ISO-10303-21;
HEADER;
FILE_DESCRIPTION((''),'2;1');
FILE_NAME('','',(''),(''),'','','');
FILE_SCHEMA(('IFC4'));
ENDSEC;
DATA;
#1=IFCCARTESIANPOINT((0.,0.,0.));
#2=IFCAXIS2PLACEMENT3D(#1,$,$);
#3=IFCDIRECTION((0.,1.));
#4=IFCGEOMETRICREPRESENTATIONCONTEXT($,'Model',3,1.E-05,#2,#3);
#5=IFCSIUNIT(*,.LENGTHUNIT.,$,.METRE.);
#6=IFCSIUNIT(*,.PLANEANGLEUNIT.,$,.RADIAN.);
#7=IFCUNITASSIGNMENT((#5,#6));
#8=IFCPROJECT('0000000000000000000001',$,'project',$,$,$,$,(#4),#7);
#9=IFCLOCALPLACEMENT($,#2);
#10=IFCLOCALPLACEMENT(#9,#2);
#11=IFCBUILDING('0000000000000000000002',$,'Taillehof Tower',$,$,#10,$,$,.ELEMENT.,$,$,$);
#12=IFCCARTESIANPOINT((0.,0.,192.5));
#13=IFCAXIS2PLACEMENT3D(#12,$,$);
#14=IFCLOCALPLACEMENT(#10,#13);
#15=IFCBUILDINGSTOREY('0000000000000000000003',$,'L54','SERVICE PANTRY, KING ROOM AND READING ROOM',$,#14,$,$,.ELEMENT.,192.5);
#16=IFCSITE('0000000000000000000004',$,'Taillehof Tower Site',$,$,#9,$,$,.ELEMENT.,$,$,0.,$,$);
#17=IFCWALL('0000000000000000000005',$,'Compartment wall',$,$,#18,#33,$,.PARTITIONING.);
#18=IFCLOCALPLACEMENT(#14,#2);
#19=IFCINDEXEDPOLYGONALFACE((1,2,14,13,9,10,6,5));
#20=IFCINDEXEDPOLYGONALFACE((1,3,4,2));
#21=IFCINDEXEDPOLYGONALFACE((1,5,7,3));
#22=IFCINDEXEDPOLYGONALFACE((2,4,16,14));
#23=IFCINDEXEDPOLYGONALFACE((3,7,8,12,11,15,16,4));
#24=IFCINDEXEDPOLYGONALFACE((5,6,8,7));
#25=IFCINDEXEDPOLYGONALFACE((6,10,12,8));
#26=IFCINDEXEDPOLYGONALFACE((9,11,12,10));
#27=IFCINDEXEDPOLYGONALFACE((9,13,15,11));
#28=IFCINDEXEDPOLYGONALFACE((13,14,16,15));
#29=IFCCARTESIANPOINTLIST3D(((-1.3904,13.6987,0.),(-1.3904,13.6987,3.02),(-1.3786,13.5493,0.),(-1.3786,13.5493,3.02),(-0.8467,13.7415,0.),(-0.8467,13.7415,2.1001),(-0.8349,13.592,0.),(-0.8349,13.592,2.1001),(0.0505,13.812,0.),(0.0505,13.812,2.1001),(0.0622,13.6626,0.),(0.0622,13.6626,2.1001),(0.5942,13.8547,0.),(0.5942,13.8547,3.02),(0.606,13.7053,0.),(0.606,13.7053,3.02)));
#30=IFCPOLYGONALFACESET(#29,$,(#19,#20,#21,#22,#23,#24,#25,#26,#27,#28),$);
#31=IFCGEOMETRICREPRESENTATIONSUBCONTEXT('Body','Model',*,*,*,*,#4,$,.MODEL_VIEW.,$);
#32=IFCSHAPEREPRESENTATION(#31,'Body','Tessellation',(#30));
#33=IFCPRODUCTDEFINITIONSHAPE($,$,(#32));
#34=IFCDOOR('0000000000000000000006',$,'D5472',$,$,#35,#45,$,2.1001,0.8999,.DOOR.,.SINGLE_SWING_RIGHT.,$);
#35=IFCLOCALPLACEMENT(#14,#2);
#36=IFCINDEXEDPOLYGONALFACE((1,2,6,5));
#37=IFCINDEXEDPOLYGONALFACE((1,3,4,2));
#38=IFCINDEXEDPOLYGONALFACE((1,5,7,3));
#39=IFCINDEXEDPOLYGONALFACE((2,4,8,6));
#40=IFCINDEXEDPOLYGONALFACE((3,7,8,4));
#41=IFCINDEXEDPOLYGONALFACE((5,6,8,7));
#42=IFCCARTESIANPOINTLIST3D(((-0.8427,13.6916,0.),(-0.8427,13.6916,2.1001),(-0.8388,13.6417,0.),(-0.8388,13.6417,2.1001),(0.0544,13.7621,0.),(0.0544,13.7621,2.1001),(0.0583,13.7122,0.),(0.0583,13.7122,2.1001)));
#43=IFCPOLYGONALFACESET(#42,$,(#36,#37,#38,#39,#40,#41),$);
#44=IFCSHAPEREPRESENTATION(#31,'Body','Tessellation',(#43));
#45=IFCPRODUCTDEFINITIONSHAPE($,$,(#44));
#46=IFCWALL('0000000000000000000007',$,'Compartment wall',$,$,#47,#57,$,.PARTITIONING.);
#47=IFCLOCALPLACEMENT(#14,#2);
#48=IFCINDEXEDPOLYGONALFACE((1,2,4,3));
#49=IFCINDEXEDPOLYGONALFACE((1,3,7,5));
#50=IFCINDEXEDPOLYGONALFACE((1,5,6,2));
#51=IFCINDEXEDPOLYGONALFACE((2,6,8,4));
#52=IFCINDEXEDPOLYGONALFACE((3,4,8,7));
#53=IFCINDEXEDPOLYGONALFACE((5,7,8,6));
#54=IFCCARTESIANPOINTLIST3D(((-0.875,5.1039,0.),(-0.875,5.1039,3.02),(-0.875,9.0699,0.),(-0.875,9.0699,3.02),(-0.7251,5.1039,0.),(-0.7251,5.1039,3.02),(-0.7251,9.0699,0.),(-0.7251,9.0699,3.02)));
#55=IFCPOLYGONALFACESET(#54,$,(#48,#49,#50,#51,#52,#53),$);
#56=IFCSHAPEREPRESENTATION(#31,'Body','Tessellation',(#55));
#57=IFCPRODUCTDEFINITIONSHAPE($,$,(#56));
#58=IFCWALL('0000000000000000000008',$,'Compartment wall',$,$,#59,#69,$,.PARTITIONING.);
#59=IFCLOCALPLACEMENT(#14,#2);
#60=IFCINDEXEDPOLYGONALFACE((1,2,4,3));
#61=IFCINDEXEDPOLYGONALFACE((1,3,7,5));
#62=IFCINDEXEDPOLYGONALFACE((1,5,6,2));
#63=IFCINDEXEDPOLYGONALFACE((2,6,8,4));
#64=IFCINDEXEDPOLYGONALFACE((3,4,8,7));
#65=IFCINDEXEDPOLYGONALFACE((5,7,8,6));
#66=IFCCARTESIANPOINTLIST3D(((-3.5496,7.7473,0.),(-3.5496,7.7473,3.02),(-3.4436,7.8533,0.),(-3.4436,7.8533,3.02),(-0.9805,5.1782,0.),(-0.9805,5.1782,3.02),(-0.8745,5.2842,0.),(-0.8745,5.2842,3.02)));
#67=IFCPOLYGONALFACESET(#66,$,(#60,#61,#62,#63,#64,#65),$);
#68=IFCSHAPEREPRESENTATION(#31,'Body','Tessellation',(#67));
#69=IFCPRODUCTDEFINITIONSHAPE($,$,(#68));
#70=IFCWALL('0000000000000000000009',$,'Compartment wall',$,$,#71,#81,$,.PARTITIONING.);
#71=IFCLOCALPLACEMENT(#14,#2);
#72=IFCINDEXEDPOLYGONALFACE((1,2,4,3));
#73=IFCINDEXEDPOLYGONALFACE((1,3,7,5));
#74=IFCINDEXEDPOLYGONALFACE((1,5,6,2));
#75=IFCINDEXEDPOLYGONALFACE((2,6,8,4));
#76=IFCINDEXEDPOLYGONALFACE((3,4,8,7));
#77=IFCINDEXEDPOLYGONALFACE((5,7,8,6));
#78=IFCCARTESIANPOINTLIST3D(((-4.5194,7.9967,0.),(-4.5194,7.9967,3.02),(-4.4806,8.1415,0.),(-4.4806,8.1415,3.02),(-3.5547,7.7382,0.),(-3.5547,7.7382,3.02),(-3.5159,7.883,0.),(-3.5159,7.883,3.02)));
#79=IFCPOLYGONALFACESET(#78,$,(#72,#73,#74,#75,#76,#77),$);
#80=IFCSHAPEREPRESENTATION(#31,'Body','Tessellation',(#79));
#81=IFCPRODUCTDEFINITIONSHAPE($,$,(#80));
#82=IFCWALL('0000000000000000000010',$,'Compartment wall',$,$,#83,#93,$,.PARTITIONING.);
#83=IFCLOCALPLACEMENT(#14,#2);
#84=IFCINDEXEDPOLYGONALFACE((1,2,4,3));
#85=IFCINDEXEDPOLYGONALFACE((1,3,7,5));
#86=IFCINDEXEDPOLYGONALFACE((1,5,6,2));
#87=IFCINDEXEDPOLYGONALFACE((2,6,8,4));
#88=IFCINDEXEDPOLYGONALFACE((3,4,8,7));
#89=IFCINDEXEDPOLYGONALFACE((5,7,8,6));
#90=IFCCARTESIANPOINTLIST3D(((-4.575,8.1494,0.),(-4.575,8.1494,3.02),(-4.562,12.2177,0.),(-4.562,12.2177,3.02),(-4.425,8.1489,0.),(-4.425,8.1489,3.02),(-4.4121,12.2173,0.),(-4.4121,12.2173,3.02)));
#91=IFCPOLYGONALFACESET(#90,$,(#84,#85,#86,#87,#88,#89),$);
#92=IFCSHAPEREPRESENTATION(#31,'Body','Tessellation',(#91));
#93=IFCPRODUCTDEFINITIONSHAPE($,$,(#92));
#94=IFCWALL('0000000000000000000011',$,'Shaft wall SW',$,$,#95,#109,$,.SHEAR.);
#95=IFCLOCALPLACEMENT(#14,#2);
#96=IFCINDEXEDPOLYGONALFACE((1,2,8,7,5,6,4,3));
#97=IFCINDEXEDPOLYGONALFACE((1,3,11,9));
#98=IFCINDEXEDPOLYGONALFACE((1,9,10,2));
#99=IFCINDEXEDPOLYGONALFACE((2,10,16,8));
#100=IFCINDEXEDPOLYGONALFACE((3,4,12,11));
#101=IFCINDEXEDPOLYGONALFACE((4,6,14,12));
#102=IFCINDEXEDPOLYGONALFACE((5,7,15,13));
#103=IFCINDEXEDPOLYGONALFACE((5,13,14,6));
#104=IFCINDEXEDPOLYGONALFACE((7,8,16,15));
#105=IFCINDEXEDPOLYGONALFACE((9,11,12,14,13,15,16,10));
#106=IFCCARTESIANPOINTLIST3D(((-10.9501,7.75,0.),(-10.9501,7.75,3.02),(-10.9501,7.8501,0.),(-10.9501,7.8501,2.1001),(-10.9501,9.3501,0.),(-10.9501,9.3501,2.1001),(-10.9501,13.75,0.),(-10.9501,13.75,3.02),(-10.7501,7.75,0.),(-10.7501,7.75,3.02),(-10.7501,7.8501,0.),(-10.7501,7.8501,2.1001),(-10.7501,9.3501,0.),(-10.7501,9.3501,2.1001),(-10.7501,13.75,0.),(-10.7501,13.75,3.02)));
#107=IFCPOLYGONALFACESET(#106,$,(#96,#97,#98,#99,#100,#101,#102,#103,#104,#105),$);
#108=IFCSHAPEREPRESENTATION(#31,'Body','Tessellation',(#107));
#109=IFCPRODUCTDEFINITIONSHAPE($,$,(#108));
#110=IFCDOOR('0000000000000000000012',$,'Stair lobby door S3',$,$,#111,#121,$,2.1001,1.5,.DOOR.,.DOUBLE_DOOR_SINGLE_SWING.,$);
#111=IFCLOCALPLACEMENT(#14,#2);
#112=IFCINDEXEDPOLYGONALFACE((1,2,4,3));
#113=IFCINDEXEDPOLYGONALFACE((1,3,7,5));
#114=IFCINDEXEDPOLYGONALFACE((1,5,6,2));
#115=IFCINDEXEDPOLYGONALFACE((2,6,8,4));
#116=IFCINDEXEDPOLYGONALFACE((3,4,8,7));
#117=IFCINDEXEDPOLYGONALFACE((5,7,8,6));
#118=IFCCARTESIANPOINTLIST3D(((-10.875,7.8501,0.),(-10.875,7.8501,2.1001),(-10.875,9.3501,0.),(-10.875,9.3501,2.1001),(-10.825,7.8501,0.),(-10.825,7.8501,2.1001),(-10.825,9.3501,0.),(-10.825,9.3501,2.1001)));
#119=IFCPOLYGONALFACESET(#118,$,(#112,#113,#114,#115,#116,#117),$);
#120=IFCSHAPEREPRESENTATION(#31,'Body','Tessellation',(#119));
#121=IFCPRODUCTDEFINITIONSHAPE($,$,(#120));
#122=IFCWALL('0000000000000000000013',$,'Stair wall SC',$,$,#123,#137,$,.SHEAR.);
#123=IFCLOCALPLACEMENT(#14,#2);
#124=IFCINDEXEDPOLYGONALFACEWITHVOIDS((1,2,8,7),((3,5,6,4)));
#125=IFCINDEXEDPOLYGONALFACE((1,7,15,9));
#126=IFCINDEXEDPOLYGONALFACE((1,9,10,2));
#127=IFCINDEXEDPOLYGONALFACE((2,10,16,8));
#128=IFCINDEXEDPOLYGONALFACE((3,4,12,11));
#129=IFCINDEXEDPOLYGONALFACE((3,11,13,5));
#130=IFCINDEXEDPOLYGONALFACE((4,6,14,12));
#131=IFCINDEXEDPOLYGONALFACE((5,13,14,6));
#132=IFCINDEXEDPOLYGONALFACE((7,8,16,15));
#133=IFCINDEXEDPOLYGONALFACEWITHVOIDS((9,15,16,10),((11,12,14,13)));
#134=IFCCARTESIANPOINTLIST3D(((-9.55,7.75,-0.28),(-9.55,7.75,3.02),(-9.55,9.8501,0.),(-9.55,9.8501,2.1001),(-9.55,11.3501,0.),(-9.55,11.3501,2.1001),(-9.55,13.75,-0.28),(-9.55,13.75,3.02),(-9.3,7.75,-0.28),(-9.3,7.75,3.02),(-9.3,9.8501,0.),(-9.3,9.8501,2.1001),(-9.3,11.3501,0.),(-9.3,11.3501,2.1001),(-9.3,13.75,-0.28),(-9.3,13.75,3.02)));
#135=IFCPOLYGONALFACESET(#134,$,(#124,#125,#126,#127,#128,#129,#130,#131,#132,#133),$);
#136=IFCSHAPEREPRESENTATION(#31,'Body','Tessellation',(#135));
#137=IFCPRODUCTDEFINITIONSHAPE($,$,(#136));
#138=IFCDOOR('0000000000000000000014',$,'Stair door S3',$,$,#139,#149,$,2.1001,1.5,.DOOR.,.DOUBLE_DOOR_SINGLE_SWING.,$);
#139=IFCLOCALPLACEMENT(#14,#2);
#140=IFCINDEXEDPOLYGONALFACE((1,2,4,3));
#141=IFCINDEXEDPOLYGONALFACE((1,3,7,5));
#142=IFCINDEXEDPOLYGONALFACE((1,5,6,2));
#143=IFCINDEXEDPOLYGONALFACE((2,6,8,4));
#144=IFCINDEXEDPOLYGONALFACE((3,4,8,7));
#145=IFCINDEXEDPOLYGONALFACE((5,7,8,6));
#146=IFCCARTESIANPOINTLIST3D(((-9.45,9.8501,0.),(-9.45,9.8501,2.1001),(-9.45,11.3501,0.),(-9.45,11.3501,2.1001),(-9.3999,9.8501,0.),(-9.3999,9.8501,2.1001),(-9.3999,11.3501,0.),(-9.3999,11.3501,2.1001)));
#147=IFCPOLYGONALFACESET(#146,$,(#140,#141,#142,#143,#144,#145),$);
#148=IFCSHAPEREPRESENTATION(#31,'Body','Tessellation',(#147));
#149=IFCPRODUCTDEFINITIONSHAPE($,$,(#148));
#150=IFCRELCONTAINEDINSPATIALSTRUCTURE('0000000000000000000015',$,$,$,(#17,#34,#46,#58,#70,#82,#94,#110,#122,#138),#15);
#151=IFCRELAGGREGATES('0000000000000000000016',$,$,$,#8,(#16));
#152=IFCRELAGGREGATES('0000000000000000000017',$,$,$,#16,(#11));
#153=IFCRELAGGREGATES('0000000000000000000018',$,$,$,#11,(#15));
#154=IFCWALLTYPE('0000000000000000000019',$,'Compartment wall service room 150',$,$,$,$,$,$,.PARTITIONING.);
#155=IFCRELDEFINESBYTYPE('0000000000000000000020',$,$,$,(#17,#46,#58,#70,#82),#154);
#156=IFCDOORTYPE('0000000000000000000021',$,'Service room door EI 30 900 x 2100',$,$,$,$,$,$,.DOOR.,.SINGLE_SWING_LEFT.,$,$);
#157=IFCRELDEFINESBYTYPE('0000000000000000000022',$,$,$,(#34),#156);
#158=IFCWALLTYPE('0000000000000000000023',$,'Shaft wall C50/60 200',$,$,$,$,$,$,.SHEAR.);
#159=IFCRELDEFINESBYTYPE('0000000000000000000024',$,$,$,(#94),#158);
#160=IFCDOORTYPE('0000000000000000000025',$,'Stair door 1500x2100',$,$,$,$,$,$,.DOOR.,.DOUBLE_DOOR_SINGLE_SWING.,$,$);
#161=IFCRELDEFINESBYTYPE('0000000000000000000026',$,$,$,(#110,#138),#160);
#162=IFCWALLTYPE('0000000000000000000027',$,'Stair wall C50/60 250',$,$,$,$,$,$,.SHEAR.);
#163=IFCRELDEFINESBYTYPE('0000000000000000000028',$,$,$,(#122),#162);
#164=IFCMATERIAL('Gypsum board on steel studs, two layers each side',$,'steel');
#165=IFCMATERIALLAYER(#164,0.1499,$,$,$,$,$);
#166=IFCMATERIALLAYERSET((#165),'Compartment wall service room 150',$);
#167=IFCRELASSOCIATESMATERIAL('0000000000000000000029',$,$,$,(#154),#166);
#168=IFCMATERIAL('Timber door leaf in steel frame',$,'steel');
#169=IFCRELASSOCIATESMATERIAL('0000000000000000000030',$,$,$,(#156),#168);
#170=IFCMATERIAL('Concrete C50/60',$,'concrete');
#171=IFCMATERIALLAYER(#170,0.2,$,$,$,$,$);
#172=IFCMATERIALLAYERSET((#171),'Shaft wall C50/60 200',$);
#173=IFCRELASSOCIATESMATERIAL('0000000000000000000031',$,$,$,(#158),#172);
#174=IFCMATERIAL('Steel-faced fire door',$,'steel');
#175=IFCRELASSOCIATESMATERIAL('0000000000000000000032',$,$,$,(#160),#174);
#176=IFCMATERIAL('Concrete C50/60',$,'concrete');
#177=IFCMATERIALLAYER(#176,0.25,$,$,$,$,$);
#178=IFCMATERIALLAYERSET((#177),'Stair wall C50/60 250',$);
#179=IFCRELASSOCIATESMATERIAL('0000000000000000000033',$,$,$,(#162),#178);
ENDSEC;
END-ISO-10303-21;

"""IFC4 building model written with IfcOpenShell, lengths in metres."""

from ifc_helpers import new_model, si_unit, direction, frame, frame_2d, origin, place, context, subcontext, project, spatial, rectangle, extrude, material, layer, layer_set, type_object, element, fill, save


model = new_model("IFC4")

# Units and contexts
model_context = context("Model", 3, precision=1e-05, world=origin(), true_north=direction((0.0, 1.0)))
body_context = subcontext(model_context, "Body", "Model", "MODEL_VIEW")
ifc_project = project(units=[si_unit("LENGTHUNIT", "METRE"), si_unit("PLANEANGLEUNIT", "RADIAN")], contexts=[model_context])

# Site, building, storey
site_placement = place(None, origin())
site = spatial("IfcSite", under=ifc_project, at=site_placement, Name="Taillehof Tower Site", CompositionType="ELEMENT", RefElevation=0.0)
building_placement = place(site_placement, origin())
building = spatial("IfcBuilding", under=site, at=building_placement, Name="Taillehof Tower", CompositionType="ELEMENT")
storey_placement = place(building_placement, frame((0.0, 0.0, 192.5)))
storey = spatial("IfcBuildingStorey", under=building, at=storey_placement, Name="L54", Description="SERVICE PANTRY, KING ROOM AND READING ROOM", CompositionType="ELEMENT", Elevation=192.5)

# Shared definitions
ifc_material_1 = material(Name="Gypsum board on steel studs, two layers each side", Category="steel")
ifc_layer_1 = layer(ifc_material_1, 0.1499)
ifc_layer_set_1 = layer_set([ifc_layer_1], Name="Compartment wall service room 150")
wall_type_1 = type_object("IfcWallType", Name="Compartment wall service room 150", PredefinedType="PARTITIONING", material=ifc_layer_set_1)

# Wall, opening, door
wall_1_placement = place(storey_placement, frame((-1.3845, 13.624, 0.0), z_axis=(0.0, 0.0, 1.0), x_axis=(0.996925, 0.078366, 0.0)))
wall_1 = element("IfcWall", 1, at=wall_1_placement, inside=storey, type_object=wall_type_1, Name="Compartment wall", PredefinedType="PARTITIONING", context=body_context, shape_type="SweptSolid", body=[
    extrude(rectangle(XDim=1.9907, YDim=0.1499, at=frame_2d((0.9954, 0.0))), origin(), (0.0, 0.0, 1.0), 3.02),
])
opening_1_placement = place(wall_1_placement, frame((0.5454, 0.0, 0.0)))
opening_1 = element("IfcOpeningElement", 2, at=opening_1_placement, cuts=wall_1, PredefinedType="OPENING", context=body_context, shape_type="SweptSolid", body=[
    extrude(rectangle(XDim=0.8999, YDim=2.1001, at=frame_2d((0.45, 1.05))), frame((0.0, 0.085, 0.0), z_axis=(0.0, -1.0, 0.0), x_axis=(1.0, 0.0, 0.0)), (0.0, 0.0, 1.0), 0.1699),
])
ifc_material_2 = material(Name="Timber door leaf in steel frame", Category="steel")
door_type_1 = type_object("IfcDoorType", Name="Service room door EI 30 900 x 2100", OperationType="SINGLE_SWING_LEFT", PredefinedType="DOOR", material=ifc_material_2)
door_1_placement = place(opening_1_placement, origin())
door_1 = element("IfcDoor", 3, at=door_1_placement, inside=storey, type_object=door_type_1, Name="D5472", OperationType="SINGLE_SWING_RIGHT", OverallHeight=2.1001, OverallWidth=0.8999, PredefinedType="DOOR", context=body_context, shape_type="SweptSolid", body=[
    extrude(rectangle(XDim=0.8999, YDim=2.1001, at=frame_2d((0.45, 1.05))), frame((0.0, 0.0249, 0.0), z_axis=(0.0, -1.0, 0.0), x_axis=(1.0, 0.0, 0.0)), (0.0, 0.0, 1.0), 0.05),
])
fill(opening_1, door_1)

# Walls
wall_2_placement = place(storey_placement, frame((-0.8, 9.0698, 0.0), z_axis=(0.0, 0.0, 1.0), x_axis=(0.0, -1.0, 0.0)))
element("IfcWall", 4, at=wall_2_placement, inside=storey, type_object=wall_type_1, Name="Compartment wall", PredefinedType="PARTITIONING", context=body_context, shape_type="SweptSolid", body=[
    extrude(rectangle(XDim=3.9661, YDim=0.1499, at=frame_2d((1.9829, 0.0))), origin(), (0.0, 0.0, 1.0), 3.02),
])
wall_3_placement = place(storey_placement, frame((-0.9275, 5.2312, 0.0), z_axis=(0.0, 0.0, 1.0), x_axis=(-0.707107, 0.707107, 0.0)))
element("IfcWall", 5, at=wall_3_placement, inside=storey, type_object=wall_type_1, Name="Compartment wall", PredefinedType="PARTITIONING", context=body_context, shape_type="SweptSolid", body=[
    extrude(rectangle(XDim=3.6333, YDim=0.1499, at=frame_2d((1.8167, 0.0))), origin(), (0.0, 0.0, 1.0), 3.02),
])
wall_4_placement = place(storey_placement, frame((-3.5352, 7.8105, 0.0), z_axis=(0.0, 0.0, 1.0), x_axis=(-0.965922, 0.258834, 0.0)))
element("IfcWall", 6, at=wall_4_placement, inside=storey, type_object=wall_type_1, Name="Compartment wall", PredefinedType="PARTITIONING", context=body_context, shape_type="SweptSolid", body=[
    extrude(rectangle(XDim=0.9988, YDim=0.1499, at=frame_2d((0.4995, 0.0))), origin(), (0.0, 0.0, 1.0), 3.02),
])
wall_5_placement = place(storey_placement, frame((-4.5, 8.1492, 0.0), z_axis=(0.0, 0.0, 1.0), x_axis=(0.00318, 0.999995, 0.0)))
element("IfcWall", 7, at=wall_5_placement, inside=storey, type_object=wall_type_1, Name="Compartment wall", PredefinedType="PARTITIONING", context=body_context, shape_type="SweptSolid", body=[
    extrude(rectangle(XDim=4.0684, YDim=0.1499, at=frame_2d((2.0342, 0.0))), origin(), (0.0, 0.0, 1.0), 3.02),
])

# Walls, openings, doors
ifc_material_3 = material(Name="Concrete C50/60", Category="concrete")
ifc_layer_2 = layer(ifc_material_3, 0.2)
ifc_layer_set_2 = layer_set([ifc_layer_2], Name="Shaft wall C50/60 200")
wall_type_2 = type_object("IfcWallType", Name="Shaft wall C50/60 200", PredefinedType="SHEAR", material=ifc_layer_set_2)
wall_6_placement = place(storey_placement, frame((-10.8501, 7.75, 0.0), z_axis=(0.0, 0.0, 1.0), x_axis=(0.0, 1.0, 0.0)))
wall_6 = element("IfcWall", 8, at=wall_6_placement, inside=storey, type_object=wall_type_2, Name="Shaft wall SW", PredefinedType="SHEAR", context=body_context, shape_type="SweptSolid", body=[
    extrude(rectangle(XDim=6.0, YDim=0.2, at=frame_2d((3.0, 0.0))), origin(), (0.0, 0.0, 1.0), 3.02),
])
opening_2_placement = place(wall_6_placement, frame((0.1001, 0.0, 0.0)))
opening_2 = element("IfcOpeningElement", 9, at=opening_2_placement, cuts=wall_6, PredefinedType="OPENING", context=body_context, shape_type="SweptSolid", body=[
    extrude(rectangle(XDim=1.5, YDim=2.1001, at=frame_2d((0.75, 1.05))), frame((0.0, 0.1099, 0.0), z_axis=(0.0, -1.0, 0.0), x_axis=(1.0, 0.0, 0.0)), (0.0, 0.0, 1.0), 0.22),
])
ifc_material_4 = material(Name="Steel-faced fire door", Category="steel")
door_type_2 = type_object("IfcDoorType", Name="Stair door 1500x2100", OperationType="DOUBLE_DOOR_SINGLE_SWING", PredefinedType="DOOR", material=ifc_material_4)
door_2_placement = place(opening_2_placement, origin())
door_2 = element("IfcDoor", 10, at=door_2_placement, inside=storey, type_object=door_type_2, Name="Stair lobby door S3", OperationType="DOUBLE_DOOR_SINGLE_SWING", OverallHeight=2.1001, OverallWidth=1.5, PredefinedType="DOOR", context=body_context, shape_type="SweptSolid", body=[
    extrude(rectangle(XDim=1.5, YDim=2.1001, at=frame_2d((0.75, 1.05))), frame((0.0, 0.0249, 0.0), z_axis=(0.0, -1.0, 0.0), x_axis=(1.0, 0.0, 0.0)), (0.0, 0.0, 1.0), 0.05),
])
fill(opening_2, door_2)
ifc_material_5 = material(Name="Concrete C50/60", Category="concrete")
ifc_layer_3 = layer(ifc_material_5, 0.25)
ifc_layer_set_3 = layer_set([ifc_layer_3], Name="Stair wall C50/60 250")
wall_type_3 = type_object("IfcWallType", Name="Stair wall C50/60 250", PredefinedType="SHEAR", material=ifc_layer_set_3)
wall_7_placement = place(storey_placement, frame((-9.425, 7.75, -0.28), z_axis=(0.0, 0.0, 1.0), x_axis=(0.0, 1.0, 0.0)))
wall_7 = element("IfcWall", 11, at=wall_7_placement, inside=storey, type_object=wall_type_3, Name="Stair wall SC", PredefinedType="SHEAR", context=body_context, shape_type="SweptSolid", body=[
    extrude(rectangle(XDim=6.0, YDim=0.25, at=frame_2d((3.0, 0.0))), origin(), (0.0, 0.0, 1.0), 3.3),
])
opening_3_placement = place(wall_7_placement, frame((2.1001, 0.0, 0.28)))
opening_3 = element("IfcOpeningElement", 12, at=opening_3_placement, cuts=wall_7, PredefinedType="OPENING", context=body_context, shape_type="SweptSolid", body=[
    extrude(rectangle(XDim=1.5, YDim=2.1001, at=frame_2d((0.75, 1.05))), frame((0.0, 0.135, 0.0), z_axis=(0.0, -1.0, 0.0), x_axis=(1.0, 0.0, 0.0)), (0.0, 0.0, 1.0), 0.27),
])
door_3_placement = place(opening_3_placement, origin())
door_3 = element("IfcDoor", 13, at=door_3_placement, inside=storey, type_object=door_type_2, Name="Stair door S3", OperationType="DOUBLE_DOOR_SINGLE_SWING", OverallHeight=2.1001, OverallWidth=1.5, PredefinedType="DOOR", context=body_context, shape_type="SweptSolid", body=[
    extrude(rectangle(XDim=1.5, YDim=2.1001, at=frame_2d((0.75, 1.05))), frame((0.0, 0.0249, 0.0), z_axis=(0.0, -1.0, 0.0), x_axis=(1.0, 0.0, 0.0)), (0.0, 0.0, 1.0), 0.05),
])
fill(opening_3, door_3)

save(model, "model.ifc")
